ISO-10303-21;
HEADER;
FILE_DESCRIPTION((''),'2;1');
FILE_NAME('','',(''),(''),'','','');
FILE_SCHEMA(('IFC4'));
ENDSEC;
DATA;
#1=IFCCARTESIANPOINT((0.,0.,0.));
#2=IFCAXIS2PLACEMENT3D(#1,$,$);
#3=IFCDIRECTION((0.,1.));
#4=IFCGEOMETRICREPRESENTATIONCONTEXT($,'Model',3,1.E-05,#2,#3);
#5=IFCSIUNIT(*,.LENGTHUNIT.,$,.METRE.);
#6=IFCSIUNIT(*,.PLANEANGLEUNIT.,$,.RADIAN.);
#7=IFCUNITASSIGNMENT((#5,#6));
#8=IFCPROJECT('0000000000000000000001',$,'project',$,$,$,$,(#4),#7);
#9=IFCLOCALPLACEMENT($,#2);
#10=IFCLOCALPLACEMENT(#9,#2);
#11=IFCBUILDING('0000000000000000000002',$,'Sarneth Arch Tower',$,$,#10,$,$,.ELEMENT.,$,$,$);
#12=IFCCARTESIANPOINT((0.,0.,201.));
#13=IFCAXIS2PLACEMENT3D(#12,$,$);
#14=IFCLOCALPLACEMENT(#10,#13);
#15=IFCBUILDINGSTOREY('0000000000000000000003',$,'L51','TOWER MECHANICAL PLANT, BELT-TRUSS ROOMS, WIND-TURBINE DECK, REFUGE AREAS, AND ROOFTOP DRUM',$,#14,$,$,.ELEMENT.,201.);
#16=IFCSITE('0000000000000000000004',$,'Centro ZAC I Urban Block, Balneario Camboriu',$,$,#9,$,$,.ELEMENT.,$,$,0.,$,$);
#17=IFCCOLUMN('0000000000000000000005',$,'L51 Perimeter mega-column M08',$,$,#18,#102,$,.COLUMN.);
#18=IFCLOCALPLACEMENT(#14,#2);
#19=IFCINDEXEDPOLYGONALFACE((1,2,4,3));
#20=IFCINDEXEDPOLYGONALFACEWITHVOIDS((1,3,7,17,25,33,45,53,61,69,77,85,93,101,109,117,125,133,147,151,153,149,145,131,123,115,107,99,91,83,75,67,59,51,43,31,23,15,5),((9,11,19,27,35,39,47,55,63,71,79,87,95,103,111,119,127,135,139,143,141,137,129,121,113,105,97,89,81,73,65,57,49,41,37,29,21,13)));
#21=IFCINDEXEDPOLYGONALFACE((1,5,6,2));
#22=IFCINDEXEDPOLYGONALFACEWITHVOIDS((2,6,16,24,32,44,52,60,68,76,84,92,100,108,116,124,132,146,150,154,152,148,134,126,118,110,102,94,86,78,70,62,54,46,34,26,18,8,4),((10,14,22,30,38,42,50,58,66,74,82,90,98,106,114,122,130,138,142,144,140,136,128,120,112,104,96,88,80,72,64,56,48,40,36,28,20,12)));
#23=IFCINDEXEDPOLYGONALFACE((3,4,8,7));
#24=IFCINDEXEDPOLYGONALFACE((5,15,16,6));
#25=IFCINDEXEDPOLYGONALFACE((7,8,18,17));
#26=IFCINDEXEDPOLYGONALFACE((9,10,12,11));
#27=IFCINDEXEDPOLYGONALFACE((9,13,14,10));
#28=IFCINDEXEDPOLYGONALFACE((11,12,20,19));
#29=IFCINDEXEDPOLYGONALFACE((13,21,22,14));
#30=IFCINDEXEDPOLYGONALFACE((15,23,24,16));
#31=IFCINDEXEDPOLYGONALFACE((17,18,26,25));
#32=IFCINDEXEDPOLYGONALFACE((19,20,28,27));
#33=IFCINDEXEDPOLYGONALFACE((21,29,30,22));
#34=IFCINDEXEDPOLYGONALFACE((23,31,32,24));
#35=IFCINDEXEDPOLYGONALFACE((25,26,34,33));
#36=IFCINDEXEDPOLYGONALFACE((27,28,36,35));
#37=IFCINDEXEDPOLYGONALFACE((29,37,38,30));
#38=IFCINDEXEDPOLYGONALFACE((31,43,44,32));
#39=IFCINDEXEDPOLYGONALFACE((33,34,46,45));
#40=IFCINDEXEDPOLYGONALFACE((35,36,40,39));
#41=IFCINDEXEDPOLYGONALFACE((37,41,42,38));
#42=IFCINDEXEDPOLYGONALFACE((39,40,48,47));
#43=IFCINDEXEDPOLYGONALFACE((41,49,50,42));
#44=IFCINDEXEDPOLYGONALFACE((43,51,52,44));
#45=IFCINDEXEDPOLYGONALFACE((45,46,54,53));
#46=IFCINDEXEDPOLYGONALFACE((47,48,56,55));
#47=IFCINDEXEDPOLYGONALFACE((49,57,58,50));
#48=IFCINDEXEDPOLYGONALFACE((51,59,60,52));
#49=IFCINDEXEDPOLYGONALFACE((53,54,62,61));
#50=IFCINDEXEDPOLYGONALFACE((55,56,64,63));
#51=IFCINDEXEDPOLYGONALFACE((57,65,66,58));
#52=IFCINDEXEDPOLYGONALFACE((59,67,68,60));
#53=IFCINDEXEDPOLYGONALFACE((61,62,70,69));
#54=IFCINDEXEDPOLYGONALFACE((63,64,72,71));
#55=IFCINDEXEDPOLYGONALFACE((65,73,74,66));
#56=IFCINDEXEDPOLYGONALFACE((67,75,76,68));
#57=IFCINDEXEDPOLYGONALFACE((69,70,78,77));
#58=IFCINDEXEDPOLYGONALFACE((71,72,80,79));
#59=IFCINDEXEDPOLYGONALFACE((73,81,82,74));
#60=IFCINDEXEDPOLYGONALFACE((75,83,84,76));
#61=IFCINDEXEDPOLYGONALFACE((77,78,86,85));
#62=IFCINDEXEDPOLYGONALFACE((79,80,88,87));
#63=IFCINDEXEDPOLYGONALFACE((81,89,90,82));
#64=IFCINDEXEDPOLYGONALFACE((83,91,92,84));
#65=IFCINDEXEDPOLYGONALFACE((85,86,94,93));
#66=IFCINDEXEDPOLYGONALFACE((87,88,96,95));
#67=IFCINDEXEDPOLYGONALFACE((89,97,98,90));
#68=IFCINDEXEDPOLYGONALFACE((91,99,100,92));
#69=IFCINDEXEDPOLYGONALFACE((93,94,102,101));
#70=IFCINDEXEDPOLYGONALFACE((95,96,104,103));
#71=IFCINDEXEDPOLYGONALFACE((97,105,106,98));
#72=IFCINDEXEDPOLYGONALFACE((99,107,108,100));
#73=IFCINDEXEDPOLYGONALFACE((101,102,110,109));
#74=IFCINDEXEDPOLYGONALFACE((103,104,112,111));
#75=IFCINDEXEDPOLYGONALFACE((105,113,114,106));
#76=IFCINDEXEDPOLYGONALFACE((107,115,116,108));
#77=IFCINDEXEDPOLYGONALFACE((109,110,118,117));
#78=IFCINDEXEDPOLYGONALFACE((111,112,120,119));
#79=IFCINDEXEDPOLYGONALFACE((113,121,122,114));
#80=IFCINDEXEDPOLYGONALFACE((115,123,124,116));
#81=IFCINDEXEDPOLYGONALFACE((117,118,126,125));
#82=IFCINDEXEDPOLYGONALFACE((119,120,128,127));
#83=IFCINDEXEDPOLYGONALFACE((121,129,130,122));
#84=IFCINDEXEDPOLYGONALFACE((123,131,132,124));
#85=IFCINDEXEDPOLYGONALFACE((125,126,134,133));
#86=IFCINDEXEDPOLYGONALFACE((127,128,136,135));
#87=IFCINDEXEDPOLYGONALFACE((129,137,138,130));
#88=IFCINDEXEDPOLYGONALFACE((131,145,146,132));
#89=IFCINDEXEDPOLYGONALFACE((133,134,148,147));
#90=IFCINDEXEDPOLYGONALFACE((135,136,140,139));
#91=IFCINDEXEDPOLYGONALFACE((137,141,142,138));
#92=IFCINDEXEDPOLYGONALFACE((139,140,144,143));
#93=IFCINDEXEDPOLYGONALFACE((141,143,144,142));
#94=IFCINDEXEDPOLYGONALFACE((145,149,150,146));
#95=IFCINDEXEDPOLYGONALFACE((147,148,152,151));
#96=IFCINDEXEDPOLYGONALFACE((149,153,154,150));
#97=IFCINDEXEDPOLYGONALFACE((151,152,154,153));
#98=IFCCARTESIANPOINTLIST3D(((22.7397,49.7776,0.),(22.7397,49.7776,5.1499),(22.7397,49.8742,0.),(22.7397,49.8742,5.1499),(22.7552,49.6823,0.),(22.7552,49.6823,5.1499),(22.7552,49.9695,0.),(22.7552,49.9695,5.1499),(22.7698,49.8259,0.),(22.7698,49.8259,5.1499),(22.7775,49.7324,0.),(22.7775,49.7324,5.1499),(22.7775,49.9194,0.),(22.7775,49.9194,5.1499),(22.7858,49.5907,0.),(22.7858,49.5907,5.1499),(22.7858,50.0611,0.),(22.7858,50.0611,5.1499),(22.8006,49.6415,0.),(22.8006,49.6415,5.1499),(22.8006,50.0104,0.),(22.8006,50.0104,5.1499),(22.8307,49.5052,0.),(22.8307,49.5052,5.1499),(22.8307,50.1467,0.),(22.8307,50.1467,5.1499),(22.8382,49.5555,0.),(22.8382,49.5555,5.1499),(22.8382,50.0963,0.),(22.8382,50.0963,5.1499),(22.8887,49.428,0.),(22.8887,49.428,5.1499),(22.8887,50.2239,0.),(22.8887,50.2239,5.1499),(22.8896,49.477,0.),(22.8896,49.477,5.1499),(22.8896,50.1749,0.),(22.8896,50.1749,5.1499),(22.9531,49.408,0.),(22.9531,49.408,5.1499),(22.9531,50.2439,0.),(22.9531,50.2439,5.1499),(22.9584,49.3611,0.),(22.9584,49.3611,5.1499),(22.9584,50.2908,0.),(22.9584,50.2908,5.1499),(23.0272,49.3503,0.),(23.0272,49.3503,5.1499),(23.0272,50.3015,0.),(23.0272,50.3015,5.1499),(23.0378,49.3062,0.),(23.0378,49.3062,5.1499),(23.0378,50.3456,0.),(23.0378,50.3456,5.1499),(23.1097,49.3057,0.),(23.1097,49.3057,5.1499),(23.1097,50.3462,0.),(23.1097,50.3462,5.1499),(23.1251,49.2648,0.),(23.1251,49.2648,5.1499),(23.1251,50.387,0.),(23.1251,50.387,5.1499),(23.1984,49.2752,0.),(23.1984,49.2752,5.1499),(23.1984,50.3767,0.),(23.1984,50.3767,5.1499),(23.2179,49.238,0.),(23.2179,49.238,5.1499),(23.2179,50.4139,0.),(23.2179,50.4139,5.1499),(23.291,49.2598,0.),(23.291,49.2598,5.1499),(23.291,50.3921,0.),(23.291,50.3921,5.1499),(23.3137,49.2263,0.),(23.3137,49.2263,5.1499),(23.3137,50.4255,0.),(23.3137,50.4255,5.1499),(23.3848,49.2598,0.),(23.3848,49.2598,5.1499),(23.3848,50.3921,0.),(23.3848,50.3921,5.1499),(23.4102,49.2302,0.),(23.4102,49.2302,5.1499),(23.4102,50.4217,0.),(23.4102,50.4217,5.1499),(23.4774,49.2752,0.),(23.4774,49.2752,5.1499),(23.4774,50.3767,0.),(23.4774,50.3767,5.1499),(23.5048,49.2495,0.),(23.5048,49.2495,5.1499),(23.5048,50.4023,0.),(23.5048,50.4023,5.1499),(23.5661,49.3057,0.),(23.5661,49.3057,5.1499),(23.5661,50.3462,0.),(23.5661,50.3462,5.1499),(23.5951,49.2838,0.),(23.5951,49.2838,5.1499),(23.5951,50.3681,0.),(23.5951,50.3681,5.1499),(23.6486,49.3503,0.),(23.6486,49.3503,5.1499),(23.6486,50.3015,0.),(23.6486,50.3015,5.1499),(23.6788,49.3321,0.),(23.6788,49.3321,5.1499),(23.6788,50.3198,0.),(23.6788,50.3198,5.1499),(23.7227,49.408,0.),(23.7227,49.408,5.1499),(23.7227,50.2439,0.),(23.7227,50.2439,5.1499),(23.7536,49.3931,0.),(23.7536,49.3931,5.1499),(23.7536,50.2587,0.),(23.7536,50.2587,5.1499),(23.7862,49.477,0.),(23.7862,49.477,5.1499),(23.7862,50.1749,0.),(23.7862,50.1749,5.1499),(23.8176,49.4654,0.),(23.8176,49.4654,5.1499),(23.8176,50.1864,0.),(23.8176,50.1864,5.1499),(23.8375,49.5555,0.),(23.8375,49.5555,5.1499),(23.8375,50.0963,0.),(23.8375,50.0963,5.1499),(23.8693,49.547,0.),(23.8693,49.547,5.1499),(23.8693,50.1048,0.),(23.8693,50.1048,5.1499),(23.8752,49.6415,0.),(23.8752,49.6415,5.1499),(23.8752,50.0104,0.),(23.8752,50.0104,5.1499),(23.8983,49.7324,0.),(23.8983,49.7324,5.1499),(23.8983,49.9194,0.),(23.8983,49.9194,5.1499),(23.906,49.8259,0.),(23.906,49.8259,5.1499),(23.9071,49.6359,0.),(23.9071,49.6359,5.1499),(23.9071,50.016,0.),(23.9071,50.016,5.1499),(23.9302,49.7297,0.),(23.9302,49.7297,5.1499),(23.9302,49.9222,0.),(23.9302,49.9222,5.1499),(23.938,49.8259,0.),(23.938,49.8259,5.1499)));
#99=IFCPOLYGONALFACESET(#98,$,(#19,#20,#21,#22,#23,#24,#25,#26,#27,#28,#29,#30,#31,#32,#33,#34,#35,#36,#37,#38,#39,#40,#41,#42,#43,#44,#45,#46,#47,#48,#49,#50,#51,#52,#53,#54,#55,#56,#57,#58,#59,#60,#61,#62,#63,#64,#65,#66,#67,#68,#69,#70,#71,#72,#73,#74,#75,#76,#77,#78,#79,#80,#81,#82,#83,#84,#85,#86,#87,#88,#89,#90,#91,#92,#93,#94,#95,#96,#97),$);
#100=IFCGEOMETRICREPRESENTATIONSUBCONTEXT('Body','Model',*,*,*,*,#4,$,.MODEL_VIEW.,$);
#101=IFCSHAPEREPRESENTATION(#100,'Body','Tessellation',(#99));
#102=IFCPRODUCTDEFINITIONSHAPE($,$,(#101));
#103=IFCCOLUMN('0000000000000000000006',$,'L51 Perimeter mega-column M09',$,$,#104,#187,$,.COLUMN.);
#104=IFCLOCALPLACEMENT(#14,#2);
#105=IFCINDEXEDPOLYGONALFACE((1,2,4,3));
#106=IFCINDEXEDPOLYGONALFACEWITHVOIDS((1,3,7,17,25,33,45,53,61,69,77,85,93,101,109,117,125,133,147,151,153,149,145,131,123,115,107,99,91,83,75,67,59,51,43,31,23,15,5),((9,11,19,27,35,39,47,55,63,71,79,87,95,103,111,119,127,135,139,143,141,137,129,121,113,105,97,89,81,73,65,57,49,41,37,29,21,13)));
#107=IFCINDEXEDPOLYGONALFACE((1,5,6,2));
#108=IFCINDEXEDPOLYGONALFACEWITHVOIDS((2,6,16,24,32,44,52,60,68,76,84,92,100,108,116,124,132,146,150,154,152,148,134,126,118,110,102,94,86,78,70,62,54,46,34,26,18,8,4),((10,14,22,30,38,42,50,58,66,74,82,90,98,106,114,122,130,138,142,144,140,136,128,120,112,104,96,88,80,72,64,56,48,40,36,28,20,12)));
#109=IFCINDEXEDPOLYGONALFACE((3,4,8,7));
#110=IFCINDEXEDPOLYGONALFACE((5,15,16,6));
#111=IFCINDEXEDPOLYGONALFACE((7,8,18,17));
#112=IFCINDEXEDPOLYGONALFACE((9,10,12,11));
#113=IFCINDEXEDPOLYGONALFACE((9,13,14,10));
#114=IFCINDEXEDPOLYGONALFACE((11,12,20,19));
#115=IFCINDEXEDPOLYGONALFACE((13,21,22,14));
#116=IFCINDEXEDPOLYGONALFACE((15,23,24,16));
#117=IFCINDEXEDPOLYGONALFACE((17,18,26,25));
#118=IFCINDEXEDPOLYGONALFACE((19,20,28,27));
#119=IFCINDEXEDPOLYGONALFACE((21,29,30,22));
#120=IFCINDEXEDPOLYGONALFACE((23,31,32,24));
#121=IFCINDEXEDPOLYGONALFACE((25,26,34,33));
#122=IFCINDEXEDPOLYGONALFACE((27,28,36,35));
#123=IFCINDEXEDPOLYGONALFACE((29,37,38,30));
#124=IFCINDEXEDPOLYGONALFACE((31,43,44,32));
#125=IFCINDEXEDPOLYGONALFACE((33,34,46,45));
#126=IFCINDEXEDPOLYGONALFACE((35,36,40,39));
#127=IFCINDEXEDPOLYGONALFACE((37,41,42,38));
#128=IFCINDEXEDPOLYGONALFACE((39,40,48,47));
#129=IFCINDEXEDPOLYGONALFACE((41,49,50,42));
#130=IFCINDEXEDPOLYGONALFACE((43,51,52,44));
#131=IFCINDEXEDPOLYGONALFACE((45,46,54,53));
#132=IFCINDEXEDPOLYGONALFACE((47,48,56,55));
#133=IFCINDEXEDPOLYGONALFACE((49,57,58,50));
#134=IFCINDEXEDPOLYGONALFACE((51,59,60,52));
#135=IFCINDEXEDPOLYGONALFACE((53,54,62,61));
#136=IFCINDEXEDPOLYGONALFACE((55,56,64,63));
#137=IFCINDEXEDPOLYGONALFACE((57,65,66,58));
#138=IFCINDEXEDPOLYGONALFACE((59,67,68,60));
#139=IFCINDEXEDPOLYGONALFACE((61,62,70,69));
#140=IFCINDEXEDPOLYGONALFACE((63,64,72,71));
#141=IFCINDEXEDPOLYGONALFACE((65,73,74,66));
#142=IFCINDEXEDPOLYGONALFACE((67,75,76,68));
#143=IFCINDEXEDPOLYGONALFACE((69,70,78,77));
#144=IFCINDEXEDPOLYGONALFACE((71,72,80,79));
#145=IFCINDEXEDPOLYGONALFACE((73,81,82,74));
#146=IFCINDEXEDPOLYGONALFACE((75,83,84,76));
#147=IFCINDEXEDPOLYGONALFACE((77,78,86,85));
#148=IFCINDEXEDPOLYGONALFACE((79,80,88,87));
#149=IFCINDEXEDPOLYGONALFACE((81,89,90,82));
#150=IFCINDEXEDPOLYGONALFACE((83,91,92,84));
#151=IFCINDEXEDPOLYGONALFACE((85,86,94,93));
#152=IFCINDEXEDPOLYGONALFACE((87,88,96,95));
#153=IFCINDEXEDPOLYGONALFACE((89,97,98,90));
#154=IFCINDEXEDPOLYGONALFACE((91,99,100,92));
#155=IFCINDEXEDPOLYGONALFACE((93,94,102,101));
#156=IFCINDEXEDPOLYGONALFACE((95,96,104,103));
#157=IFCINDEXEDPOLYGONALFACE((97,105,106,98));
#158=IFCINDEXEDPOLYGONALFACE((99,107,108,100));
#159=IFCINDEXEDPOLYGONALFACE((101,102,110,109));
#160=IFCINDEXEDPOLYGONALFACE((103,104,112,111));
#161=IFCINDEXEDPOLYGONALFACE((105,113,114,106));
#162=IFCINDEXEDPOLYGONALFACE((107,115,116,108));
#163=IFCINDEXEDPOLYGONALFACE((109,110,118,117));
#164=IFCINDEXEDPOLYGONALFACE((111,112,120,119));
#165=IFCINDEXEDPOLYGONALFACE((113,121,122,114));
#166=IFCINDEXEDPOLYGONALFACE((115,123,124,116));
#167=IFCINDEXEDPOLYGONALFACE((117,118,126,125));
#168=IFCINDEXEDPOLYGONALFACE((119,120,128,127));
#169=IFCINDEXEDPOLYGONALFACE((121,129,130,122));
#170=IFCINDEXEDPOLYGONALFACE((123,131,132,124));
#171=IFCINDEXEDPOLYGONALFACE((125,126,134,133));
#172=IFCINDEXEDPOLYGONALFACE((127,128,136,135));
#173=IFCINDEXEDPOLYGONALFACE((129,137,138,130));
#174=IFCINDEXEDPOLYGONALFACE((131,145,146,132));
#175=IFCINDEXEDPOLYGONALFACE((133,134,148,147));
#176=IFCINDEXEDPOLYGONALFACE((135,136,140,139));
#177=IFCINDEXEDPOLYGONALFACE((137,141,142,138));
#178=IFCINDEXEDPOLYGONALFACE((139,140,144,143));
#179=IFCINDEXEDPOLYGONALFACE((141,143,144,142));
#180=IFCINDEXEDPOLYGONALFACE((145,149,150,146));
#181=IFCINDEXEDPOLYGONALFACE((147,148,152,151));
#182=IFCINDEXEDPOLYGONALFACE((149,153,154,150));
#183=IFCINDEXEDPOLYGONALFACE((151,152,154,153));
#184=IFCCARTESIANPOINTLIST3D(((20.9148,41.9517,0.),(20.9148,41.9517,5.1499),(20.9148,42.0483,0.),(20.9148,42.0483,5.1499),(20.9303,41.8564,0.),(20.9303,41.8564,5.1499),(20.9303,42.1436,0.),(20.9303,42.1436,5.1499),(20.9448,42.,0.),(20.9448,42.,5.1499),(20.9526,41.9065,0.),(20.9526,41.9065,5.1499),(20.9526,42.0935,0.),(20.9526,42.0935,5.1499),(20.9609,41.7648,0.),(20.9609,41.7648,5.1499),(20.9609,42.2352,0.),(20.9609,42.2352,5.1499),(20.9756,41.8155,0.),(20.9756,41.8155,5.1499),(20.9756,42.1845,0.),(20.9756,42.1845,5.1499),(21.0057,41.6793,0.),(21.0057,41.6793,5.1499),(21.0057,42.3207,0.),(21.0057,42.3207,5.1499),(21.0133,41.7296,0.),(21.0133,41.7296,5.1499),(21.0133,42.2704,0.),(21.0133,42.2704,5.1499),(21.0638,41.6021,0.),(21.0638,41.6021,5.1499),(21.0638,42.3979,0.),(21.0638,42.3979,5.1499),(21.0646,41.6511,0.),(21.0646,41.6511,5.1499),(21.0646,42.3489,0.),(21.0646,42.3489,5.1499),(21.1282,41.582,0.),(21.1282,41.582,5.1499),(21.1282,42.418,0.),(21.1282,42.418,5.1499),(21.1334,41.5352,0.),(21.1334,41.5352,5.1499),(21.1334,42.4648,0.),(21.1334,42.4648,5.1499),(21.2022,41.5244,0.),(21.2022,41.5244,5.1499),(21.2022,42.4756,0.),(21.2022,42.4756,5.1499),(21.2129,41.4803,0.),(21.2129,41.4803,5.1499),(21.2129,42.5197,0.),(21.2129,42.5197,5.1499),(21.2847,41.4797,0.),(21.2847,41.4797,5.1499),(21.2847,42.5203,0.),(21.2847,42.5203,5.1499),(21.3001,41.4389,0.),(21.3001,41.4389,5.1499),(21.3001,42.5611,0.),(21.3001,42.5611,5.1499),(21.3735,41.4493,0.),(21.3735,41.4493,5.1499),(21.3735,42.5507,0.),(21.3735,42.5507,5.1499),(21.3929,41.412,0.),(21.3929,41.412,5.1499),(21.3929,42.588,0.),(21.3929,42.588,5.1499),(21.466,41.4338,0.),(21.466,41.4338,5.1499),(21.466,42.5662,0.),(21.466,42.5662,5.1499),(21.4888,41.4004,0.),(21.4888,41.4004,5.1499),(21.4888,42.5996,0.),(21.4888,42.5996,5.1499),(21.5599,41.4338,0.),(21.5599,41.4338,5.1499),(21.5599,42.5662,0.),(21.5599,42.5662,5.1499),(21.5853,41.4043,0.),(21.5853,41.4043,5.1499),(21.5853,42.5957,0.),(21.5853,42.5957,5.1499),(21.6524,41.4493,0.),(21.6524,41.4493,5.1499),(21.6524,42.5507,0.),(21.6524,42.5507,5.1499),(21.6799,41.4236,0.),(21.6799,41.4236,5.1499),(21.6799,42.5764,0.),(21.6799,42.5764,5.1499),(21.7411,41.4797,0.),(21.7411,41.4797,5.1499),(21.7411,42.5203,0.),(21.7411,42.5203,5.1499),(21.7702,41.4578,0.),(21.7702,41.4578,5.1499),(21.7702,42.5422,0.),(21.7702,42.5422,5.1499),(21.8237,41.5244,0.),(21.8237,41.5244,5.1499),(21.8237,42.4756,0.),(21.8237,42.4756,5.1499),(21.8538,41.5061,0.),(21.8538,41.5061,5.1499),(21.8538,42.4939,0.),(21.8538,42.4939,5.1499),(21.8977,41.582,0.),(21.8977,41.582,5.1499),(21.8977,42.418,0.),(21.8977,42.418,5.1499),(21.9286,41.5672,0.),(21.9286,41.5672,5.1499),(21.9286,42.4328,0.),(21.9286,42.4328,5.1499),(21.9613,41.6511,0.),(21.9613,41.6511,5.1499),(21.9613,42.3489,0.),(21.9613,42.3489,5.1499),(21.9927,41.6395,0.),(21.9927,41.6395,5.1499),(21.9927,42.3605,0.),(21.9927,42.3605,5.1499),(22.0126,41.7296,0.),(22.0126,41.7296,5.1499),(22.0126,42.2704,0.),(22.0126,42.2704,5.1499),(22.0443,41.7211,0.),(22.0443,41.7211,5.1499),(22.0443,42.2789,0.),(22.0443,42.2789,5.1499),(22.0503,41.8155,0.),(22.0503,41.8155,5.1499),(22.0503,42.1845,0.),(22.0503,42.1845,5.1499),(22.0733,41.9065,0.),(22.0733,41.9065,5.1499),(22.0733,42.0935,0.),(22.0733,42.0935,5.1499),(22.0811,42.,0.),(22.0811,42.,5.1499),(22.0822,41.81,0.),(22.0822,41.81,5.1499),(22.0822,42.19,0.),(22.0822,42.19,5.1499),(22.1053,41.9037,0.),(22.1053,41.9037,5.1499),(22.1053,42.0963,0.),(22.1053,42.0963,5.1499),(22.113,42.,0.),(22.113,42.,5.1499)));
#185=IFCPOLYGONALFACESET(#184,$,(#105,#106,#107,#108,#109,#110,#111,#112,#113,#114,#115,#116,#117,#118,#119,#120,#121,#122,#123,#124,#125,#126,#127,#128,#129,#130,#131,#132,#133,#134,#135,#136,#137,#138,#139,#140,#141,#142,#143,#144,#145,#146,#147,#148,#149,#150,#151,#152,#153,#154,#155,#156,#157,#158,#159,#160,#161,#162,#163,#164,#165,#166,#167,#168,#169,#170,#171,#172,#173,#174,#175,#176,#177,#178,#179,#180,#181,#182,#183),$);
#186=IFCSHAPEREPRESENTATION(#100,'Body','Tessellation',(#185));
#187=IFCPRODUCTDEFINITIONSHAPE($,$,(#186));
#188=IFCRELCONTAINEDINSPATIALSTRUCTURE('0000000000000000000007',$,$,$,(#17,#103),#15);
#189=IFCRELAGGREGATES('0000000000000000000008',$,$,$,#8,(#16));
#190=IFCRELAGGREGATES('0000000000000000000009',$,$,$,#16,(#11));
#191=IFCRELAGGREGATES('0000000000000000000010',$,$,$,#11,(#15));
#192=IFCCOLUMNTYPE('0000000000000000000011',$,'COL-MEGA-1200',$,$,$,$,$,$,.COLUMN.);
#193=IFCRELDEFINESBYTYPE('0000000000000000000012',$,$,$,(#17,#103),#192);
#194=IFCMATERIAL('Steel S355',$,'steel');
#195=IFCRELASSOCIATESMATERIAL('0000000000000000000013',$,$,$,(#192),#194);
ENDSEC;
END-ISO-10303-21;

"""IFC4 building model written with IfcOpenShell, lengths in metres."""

from ifc_helpers import new_model, si_unit, direction, frame, origin, origin_2d, place, context, subcontext, project, spatial, hollow_circle, extrude, material, material_profile, profile_set, type_object, element, save


model = new_model("IFC4")

# Units and contexts
model_context = context("Model", 3, precision=1e-05, world=origin(), true_north=direction((0.0, 1.0)))
body_context = subcontext(model_context, "Body", "Model", "MODEL_VIEW")
ifc_project = project(units=[si_unit("LENGTHUNIT", "METRE"), si_unit("PLANEANGLEUNIT", "RADIAN")], contexts=[model_context])

# Site, building, storey
site_placement = place(None, origin())
site = spatial("IfcSite", under=ifc_project, at=site_placement, Name="Centro ZAC I Urban Block, Balneario Camboriu", CompositionType="ELEMENT", RefElevation=0.0)
building_placement = place(site_placement, origin())
building = spatial("IfcBuilding", under=site, at=building_placement, Name="Sarneth Arch Tower", CompositionType="ELEMENT")
storey_placement = place(building_placement, frame((0.0, 0.0, 201.0)))
storey = spatial("IfcBuildingStorey", under=building, at=storey_placement, Name="L51", Description="TOWER MECHANICAL PLANT, BELT-TRUSS ROOMS, WIND-TURBINE DECK, REFUGE AREAS, AND ROOFTOP DRUM", CompositionType="ELEMENT", Elevation=201.0)

# Columns
ifc_material_1 = material(Name="Steel S355", Category="steel")
ifc_material_profile_1 = material_profile(ifc_material_1, hollow_circle(Radius=0.6001, WallThickness=0.032, at=origin_2d()), Name="CHS1200x32")
ifc_profile_set_1 = profile_set([ifc_material_profile_1], Name="Steel S355")
column_type = type_object("IfcColumnType", Name="COL-MEGA-1200", PredefinedType="COLUMN", material=ifc_profile_set_1)
for number, where, z_axis, x_axis, name in (
    (1, (23.3379, 49.8259, 0.0), (0.0, 0.0, 1.0), (1.0, 0.0, 0.0), "L51 Perimeter mega-column M08"),
    (2, (21.5129, 42.0, 0.0), (0.0, 0.0, 1.0), (1.0, 0.0, 0.0), "L51 Perimeter mega-column M09"),
):
    element("IfcColumn", number, at=place(storey_placement, frame(where, z_axis=z_axis, x_axis=x_axis)), inside=storey, type_object=column_type, Name=name, PredefinedType="COLUMN", context=body_context, shape_type="SweptSolid", body=[
        extrude(hollow_circle(Radius=0.6001, WallThickness=0.032, at=origin_2d()), origin(), (0.0, 0.0, 1.0), 5.1499),
    ])

save(model, "model.ifc")
